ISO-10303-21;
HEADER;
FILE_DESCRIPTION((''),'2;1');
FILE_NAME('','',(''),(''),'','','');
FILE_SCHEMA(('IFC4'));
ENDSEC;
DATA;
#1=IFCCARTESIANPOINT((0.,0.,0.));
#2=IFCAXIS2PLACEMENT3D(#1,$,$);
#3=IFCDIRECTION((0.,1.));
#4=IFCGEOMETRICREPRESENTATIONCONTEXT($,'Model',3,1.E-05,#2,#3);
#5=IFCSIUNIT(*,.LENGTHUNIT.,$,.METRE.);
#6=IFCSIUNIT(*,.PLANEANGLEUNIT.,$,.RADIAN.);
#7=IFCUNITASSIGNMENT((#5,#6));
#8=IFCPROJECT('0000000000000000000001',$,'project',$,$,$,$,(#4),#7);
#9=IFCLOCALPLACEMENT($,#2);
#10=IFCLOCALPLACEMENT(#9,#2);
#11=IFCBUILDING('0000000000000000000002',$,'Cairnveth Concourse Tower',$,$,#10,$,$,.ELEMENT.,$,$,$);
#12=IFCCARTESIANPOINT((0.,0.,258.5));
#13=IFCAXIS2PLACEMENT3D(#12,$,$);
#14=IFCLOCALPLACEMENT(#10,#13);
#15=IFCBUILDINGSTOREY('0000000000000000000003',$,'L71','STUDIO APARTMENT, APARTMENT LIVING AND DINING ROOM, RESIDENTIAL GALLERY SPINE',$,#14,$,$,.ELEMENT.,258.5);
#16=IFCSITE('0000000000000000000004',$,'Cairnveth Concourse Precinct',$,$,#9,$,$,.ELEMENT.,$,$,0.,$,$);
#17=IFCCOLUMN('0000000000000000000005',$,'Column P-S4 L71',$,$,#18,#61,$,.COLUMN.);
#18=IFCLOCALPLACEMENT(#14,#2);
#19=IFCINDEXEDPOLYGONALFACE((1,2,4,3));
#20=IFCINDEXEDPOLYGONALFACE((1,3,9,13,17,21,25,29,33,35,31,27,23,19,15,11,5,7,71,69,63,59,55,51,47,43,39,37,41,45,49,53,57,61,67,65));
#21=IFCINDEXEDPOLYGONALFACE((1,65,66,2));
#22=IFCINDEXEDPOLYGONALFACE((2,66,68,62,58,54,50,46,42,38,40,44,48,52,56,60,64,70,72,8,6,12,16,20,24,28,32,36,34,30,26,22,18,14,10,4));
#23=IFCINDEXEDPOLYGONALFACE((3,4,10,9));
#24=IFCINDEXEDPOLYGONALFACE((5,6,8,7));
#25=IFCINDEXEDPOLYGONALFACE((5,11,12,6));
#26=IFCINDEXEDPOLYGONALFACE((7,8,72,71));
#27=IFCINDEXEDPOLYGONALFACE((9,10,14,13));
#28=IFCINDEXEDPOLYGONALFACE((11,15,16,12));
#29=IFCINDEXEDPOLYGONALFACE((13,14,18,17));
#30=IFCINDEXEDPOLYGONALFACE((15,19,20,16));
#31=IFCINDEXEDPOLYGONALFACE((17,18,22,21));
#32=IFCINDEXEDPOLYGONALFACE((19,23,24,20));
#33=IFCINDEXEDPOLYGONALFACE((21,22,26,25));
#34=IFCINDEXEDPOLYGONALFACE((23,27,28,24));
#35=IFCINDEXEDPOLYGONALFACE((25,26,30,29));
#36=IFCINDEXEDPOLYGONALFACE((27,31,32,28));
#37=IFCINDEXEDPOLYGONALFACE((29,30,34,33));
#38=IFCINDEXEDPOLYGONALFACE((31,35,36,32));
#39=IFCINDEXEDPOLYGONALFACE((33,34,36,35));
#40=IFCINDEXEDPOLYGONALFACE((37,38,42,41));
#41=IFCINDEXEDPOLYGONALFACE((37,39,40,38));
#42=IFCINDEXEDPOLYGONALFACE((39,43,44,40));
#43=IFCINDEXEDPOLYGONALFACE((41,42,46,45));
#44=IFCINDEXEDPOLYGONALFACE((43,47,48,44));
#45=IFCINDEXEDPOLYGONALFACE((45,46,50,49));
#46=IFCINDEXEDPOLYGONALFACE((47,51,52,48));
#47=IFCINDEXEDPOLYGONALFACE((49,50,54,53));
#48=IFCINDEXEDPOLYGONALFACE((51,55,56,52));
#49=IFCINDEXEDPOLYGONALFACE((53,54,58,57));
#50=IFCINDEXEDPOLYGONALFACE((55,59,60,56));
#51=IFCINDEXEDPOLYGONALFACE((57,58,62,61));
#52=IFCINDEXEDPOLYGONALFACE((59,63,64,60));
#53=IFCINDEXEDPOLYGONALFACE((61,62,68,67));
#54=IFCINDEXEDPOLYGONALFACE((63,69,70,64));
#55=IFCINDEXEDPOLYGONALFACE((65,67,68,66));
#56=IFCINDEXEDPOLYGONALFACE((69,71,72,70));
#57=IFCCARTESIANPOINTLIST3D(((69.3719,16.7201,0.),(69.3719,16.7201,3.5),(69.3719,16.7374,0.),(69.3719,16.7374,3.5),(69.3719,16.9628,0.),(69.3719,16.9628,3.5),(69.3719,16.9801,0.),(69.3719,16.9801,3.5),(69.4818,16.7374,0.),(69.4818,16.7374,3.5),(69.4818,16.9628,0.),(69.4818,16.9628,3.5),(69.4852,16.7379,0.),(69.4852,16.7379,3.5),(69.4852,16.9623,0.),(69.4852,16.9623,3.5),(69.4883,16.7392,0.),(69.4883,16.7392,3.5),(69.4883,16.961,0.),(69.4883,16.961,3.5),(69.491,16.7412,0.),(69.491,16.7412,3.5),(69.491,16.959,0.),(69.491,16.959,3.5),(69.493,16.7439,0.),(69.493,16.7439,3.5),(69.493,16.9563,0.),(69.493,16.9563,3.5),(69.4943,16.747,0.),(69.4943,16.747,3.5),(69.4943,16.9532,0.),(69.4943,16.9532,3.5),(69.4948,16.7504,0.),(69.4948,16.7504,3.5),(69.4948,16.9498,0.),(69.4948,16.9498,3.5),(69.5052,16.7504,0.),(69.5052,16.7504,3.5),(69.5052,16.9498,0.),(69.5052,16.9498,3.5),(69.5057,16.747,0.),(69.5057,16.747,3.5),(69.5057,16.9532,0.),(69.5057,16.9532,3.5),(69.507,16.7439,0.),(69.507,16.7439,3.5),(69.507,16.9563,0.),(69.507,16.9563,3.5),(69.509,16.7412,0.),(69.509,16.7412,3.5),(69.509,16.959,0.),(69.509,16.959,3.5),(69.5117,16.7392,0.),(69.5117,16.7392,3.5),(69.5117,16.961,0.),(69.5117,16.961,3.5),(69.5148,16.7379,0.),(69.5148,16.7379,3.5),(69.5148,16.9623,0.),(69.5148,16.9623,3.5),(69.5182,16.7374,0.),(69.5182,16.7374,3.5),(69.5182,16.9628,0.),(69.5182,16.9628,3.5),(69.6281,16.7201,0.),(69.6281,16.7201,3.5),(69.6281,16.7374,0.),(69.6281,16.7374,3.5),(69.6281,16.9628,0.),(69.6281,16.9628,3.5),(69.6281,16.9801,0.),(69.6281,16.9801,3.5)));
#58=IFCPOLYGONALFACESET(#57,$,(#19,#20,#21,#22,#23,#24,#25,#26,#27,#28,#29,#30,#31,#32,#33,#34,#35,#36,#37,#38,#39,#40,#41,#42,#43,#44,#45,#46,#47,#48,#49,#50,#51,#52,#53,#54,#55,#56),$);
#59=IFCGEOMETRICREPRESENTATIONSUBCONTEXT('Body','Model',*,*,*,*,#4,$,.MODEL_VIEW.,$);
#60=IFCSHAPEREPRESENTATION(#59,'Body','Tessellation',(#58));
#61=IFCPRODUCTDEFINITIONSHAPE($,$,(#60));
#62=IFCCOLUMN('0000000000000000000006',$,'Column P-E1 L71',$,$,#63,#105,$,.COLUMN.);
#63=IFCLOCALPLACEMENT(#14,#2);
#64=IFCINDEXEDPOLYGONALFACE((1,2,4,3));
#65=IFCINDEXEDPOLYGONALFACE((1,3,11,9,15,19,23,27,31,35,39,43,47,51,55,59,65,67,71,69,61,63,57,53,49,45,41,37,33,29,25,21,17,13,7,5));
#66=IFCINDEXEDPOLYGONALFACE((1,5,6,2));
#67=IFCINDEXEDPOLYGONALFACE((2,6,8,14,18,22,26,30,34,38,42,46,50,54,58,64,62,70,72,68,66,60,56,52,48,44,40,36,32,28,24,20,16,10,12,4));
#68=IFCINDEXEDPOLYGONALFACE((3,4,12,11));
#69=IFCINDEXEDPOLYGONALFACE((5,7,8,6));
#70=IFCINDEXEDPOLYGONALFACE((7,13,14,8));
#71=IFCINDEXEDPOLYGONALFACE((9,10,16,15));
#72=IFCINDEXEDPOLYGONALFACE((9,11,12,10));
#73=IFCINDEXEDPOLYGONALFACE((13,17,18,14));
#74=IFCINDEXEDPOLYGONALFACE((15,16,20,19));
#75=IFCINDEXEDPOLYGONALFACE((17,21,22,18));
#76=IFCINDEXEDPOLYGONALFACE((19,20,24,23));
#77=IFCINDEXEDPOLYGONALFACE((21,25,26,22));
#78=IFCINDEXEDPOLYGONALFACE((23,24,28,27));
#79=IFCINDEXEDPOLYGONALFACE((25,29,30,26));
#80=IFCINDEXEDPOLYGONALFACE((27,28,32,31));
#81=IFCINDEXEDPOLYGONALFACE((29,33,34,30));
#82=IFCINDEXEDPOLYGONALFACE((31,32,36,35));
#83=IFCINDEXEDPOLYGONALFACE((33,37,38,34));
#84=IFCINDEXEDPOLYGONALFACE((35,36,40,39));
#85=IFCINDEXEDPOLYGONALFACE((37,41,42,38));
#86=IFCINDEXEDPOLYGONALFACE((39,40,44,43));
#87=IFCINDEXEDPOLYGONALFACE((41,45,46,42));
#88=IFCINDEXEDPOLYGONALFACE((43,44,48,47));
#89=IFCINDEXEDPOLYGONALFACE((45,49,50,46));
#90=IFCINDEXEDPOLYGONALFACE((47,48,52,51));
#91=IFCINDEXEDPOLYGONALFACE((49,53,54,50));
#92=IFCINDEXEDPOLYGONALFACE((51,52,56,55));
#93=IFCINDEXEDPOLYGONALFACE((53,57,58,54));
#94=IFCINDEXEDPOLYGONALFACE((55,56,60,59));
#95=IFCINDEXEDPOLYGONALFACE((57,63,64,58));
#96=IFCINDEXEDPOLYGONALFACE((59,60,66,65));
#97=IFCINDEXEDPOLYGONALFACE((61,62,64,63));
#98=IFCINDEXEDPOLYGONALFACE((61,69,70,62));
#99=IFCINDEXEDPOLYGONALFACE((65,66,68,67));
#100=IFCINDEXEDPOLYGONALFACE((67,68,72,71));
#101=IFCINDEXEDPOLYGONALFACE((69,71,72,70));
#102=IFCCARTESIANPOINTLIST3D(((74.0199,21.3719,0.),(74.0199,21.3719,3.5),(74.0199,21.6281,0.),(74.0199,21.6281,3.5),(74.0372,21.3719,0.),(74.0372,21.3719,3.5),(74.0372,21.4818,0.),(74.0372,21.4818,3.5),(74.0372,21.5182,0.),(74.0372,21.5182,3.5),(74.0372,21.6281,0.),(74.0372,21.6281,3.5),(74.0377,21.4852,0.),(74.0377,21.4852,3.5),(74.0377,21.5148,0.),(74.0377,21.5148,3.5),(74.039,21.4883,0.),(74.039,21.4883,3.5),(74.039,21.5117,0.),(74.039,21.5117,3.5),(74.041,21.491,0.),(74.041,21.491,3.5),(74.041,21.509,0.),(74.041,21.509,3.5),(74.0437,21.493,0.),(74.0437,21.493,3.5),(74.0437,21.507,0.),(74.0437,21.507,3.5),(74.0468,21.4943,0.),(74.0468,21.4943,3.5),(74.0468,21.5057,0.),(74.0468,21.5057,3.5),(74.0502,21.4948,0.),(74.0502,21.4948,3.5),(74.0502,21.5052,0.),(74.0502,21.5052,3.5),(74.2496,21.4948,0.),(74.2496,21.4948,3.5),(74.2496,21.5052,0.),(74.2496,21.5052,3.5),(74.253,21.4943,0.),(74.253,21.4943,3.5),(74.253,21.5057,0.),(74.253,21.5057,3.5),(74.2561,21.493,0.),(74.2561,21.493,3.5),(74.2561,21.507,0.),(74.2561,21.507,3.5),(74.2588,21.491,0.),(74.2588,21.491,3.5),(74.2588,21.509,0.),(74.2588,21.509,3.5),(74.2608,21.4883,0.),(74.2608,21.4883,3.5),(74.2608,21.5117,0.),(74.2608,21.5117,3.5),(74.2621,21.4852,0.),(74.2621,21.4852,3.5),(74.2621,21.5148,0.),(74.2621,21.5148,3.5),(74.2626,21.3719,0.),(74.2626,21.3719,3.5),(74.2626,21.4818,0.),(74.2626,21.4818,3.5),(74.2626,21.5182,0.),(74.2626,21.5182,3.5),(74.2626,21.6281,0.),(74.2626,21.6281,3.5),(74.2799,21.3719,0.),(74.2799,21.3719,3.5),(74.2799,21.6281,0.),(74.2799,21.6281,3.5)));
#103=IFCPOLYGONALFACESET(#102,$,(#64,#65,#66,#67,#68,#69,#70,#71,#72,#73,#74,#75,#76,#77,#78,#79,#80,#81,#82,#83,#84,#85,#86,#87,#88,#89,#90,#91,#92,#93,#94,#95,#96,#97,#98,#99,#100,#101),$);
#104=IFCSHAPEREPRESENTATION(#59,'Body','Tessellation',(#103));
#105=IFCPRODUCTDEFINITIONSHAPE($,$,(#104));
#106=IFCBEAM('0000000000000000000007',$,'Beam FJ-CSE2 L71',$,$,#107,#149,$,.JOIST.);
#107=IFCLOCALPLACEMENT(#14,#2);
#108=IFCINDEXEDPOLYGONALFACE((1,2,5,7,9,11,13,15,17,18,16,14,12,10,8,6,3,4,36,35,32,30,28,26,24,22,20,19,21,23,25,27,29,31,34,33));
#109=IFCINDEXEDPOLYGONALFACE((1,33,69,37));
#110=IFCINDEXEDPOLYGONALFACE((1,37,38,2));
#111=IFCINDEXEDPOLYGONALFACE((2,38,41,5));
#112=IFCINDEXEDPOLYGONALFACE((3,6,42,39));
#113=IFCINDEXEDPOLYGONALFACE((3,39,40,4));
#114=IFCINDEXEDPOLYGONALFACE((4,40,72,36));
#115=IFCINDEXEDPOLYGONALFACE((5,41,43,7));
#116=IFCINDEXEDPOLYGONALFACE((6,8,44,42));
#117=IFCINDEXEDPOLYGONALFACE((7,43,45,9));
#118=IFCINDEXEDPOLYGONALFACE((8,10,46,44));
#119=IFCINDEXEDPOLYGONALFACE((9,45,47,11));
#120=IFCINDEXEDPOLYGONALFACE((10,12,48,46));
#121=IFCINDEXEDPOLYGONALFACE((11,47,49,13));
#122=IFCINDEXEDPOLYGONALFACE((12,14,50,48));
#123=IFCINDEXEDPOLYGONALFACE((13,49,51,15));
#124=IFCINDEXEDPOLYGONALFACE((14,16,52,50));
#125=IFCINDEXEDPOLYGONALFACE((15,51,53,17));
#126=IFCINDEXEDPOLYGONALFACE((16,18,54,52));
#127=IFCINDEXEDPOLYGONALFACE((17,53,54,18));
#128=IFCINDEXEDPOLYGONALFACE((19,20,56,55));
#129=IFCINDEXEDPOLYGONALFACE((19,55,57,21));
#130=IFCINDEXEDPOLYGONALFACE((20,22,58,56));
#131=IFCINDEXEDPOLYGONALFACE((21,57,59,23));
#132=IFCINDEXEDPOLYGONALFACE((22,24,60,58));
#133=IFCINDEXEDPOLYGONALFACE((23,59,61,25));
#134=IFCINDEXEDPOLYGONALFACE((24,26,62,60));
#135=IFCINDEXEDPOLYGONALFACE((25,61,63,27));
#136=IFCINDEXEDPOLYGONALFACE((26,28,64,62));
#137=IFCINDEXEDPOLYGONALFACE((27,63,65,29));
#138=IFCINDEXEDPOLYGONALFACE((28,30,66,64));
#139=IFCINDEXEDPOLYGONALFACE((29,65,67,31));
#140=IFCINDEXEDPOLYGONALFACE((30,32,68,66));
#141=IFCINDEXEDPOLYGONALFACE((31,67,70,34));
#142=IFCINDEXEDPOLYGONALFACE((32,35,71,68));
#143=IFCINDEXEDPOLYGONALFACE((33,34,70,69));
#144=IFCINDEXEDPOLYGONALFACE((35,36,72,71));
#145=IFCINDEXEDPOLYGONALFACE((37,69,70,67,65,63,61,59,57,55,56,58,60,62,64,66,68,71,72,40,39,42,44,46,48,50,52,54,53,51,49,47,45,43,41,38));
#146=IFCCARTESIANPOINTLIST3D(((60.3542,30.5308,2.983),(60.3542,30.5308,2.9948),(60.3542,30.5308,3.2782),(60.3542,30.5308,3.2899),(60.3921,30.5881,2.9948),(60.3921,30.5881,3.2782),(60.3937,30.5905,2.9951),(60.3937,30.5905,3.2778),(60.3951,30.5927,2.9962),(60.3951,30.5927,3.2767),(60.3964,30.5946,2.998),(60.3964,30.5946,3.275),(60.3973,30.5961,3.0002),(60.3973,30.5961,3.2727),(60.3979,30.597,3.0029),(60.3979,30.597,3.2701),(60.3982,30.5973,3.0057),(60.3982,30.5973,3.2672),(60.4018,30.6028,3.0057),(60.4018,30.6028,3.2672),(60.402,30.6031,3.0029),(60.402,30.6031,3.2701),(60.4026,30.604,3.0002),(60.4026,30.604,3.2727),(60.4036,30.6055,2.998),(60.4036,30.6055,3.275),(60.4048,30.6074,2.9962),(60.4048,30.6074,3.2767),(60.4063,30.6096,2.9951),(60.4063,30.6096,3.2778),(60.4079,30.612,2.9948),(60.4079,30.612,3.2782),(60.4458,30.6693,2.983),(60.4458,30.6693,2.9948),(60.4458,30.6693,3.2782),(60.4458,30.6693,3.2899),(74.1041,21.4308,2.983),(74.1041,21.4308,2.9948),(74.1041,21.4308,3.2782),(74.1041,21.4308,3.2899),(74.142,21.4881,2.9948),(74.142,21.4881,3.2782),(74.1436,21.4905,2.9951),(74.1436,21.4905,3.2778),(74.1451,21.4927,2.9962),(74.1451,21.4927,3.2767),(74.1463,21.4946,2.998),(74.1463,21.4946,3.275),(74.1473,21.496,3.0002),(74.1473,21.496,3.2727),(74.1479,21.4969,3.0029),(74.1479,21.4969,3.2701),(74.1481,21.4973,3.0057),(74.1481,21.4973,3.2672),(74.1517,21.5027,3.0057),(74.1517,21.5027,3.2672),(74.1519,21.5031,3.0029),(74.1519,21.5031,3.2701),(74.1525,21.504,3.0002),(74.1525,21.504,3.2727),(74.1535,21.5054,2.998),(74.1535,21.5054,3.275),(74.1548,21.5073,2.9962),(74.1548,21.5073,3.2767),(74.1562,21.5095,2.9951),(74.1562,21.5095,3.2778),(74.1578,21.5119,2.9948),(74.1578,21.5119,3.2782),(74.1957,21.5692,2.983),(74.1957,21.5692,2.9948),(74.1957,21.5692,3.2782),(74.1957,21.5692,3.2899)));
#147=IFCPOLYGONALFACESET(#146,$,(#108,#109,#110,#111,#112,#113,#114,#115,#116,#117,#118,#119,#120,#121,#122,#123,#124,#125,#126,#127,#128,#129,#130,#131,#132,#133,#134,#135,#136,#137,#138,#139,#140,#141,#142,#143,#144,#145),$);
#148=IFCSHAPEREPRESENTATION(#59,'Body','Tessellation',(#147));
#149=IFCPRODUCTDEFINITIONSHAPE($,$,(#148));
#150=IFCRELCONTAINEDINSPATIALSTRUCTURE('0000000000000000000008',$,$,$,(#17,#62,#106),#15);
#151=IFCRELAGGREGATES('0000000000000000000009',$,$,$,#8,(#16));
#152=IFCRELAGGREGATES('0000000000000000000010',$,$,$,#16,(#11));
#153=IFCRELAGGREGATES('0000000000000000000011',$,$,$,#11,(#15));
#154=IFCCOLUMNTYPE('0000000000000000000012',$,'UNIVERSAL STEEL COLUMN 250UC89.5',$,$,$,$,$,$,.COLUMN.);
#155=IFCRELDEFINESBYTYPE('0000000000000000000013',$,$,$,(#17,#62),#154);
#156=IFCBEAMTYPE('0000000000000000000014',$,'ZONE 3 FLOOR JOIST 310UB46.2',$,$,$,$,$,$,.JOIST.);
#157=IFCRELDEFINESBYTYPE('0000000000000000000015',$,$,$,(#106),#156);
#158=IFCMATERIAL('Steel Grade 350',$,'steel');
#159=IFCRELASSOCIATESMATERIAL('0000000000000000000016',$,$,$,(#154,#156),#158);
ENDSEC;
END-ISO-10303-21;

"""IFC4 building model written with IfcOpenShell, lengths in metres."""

from ifc_helpers import new_model, si_unit, direction, frame, origin, origin_2d, place, context, subcontext, project, spatial, i_section, extrude, material, material_profile, profile_set, type_object, element, save


model = new_model("IFC4")

# Units and contexts
model_context = context("Model", 3, precision=1e-05, world=origin(), true_north=direction((0.0, 1.0)))
body_context = subcontext(model_context, "Body", "Model", "MODEL_VIEW")
ifc_project = project(units=[si_unit("LENGTHUNIT", "METRE"), si_unit("PLANEANGLEUNIT", "RADIAN")], contexts=[model_context])

# Site, building, storey
site_placement = place(None, origin())
site = spatial("IfcSite", under=ifc_project, at=site_placement, Name="Cairnveth Concourse Precinct", CompositionType="ELEMENT", RefElevation=0.0)
building_placement = place(site_placement, origin())
building = spatial("IfcBuilding", under=site, at=building_placement, Name="Cairnveth Concourse Tower", CompositionType="ELEMENT")
storey_placement = place(building_placement, frame((0.0, 0.0, 258.5)))
storey = spatial("IfcBuildingStorey", under=building, at=storey_placement, Name="L71", Description="STUDIO APARTMENT, APARTMENT LIVING AND DINING ROOM, RESIDENTIAL GALLERY SPINE", CompositionType="ELEMENT", Elevation=258.5)

# Columns
ifc_material_1 = material(Name="Steel Grade 350", Category="steel")
ifc_material_profile_1 = material_profile(ifc_material_1, i_section(OverallWidth=0.2561, OverallDepth=0.26, WebThickness=0.0105, FlangeThickness=0.0173, FilletRadius=0.0129, at=origin_2d()), Name="250UC89.5")
ifc_profile_set_1 = profile_set([ifc_material_profile_1], Name="Steel Grade 350")
column_type = type_object("IfcColumnType", Name="UNIVERSAL STEEL COLUMN 250UC89.5", PredefinedType="COLUMN", material=ifc_profile_set_1)
for number, where, z_axis, x_axis, name in (
    (1, (69.5, 16.8501, 0.0), (0.0, 0.0, 1.0), (1.0, 0.0, 0.0), "Column P-S4 L71"),
    (2, (74.1499, 21.5, 0.0), (0.0, 0.0, 1.0), (0.0, 1.0, 0.0), "Column P-E1 L71"),
):
    element("IfcColumn", number, at=place(storey_placement, frame(where, z_axis=z_axis, x_axis=x_axis)), inside=storey, type_object=column_type, Name=name, PredefinedType="COLUMN", context=body_context, shape_type="SweptSolid", body=[
        extrude(i_section(OverallWidth=0.2561, OverallDepth=0.26, WebThickness=0.0105, FlangeThickness=0.0173, FilletRadius=0.0129, at=origin_2d()), origin(), (0.0, 0.0, 1.0), 3.5),
    ])

# Beam
ifc_material_profile_2 = material_profile(ifc_material_1, i_section(OverallWidth=0.166, OverallDepth=0.3069, WebThickness=0.0066, FlangeThickness=0.0117, FilletRadius=0.011, at=origin_2d()), Name="310UB46.2")
ifc_profile_set_2 = profile_set([ifc_material_profile_2], Name="Steel Grade 350")
beam_type_1 = type_object("IfcBeamType", Name="ZONE 3 FLOOR JOIST 310UB46.2", PredefinedType="JOIST", material=ifc_profile_set_2)
beam_1_placement = place(storey_placement, frame((74.1499, 21.5, 3.1365), z_axis=(-0.833909, 0.551902, 0.0), x_axis=(-0.551902, -0.833909, 0.0)))
element("IfcBeam", 3, at=beam_1_placement, inside=storey, type_object=beam_type_1, Name="Beam FJ-CSE2 L71", PredefinedType="JOIST", context=body_context, shape_type="SweptSolid", body=[
    extrude(i_section(OverallWidth=0.166, OverallDepth=0.3069, WebThickness=0.0066, FlangeThickness=0.0117, FilletRadius=0.011, at=origin_2d()), origin(), (0.0, 0.0, 1.0), 16.4885),
])

save(model, "model.ifc")
